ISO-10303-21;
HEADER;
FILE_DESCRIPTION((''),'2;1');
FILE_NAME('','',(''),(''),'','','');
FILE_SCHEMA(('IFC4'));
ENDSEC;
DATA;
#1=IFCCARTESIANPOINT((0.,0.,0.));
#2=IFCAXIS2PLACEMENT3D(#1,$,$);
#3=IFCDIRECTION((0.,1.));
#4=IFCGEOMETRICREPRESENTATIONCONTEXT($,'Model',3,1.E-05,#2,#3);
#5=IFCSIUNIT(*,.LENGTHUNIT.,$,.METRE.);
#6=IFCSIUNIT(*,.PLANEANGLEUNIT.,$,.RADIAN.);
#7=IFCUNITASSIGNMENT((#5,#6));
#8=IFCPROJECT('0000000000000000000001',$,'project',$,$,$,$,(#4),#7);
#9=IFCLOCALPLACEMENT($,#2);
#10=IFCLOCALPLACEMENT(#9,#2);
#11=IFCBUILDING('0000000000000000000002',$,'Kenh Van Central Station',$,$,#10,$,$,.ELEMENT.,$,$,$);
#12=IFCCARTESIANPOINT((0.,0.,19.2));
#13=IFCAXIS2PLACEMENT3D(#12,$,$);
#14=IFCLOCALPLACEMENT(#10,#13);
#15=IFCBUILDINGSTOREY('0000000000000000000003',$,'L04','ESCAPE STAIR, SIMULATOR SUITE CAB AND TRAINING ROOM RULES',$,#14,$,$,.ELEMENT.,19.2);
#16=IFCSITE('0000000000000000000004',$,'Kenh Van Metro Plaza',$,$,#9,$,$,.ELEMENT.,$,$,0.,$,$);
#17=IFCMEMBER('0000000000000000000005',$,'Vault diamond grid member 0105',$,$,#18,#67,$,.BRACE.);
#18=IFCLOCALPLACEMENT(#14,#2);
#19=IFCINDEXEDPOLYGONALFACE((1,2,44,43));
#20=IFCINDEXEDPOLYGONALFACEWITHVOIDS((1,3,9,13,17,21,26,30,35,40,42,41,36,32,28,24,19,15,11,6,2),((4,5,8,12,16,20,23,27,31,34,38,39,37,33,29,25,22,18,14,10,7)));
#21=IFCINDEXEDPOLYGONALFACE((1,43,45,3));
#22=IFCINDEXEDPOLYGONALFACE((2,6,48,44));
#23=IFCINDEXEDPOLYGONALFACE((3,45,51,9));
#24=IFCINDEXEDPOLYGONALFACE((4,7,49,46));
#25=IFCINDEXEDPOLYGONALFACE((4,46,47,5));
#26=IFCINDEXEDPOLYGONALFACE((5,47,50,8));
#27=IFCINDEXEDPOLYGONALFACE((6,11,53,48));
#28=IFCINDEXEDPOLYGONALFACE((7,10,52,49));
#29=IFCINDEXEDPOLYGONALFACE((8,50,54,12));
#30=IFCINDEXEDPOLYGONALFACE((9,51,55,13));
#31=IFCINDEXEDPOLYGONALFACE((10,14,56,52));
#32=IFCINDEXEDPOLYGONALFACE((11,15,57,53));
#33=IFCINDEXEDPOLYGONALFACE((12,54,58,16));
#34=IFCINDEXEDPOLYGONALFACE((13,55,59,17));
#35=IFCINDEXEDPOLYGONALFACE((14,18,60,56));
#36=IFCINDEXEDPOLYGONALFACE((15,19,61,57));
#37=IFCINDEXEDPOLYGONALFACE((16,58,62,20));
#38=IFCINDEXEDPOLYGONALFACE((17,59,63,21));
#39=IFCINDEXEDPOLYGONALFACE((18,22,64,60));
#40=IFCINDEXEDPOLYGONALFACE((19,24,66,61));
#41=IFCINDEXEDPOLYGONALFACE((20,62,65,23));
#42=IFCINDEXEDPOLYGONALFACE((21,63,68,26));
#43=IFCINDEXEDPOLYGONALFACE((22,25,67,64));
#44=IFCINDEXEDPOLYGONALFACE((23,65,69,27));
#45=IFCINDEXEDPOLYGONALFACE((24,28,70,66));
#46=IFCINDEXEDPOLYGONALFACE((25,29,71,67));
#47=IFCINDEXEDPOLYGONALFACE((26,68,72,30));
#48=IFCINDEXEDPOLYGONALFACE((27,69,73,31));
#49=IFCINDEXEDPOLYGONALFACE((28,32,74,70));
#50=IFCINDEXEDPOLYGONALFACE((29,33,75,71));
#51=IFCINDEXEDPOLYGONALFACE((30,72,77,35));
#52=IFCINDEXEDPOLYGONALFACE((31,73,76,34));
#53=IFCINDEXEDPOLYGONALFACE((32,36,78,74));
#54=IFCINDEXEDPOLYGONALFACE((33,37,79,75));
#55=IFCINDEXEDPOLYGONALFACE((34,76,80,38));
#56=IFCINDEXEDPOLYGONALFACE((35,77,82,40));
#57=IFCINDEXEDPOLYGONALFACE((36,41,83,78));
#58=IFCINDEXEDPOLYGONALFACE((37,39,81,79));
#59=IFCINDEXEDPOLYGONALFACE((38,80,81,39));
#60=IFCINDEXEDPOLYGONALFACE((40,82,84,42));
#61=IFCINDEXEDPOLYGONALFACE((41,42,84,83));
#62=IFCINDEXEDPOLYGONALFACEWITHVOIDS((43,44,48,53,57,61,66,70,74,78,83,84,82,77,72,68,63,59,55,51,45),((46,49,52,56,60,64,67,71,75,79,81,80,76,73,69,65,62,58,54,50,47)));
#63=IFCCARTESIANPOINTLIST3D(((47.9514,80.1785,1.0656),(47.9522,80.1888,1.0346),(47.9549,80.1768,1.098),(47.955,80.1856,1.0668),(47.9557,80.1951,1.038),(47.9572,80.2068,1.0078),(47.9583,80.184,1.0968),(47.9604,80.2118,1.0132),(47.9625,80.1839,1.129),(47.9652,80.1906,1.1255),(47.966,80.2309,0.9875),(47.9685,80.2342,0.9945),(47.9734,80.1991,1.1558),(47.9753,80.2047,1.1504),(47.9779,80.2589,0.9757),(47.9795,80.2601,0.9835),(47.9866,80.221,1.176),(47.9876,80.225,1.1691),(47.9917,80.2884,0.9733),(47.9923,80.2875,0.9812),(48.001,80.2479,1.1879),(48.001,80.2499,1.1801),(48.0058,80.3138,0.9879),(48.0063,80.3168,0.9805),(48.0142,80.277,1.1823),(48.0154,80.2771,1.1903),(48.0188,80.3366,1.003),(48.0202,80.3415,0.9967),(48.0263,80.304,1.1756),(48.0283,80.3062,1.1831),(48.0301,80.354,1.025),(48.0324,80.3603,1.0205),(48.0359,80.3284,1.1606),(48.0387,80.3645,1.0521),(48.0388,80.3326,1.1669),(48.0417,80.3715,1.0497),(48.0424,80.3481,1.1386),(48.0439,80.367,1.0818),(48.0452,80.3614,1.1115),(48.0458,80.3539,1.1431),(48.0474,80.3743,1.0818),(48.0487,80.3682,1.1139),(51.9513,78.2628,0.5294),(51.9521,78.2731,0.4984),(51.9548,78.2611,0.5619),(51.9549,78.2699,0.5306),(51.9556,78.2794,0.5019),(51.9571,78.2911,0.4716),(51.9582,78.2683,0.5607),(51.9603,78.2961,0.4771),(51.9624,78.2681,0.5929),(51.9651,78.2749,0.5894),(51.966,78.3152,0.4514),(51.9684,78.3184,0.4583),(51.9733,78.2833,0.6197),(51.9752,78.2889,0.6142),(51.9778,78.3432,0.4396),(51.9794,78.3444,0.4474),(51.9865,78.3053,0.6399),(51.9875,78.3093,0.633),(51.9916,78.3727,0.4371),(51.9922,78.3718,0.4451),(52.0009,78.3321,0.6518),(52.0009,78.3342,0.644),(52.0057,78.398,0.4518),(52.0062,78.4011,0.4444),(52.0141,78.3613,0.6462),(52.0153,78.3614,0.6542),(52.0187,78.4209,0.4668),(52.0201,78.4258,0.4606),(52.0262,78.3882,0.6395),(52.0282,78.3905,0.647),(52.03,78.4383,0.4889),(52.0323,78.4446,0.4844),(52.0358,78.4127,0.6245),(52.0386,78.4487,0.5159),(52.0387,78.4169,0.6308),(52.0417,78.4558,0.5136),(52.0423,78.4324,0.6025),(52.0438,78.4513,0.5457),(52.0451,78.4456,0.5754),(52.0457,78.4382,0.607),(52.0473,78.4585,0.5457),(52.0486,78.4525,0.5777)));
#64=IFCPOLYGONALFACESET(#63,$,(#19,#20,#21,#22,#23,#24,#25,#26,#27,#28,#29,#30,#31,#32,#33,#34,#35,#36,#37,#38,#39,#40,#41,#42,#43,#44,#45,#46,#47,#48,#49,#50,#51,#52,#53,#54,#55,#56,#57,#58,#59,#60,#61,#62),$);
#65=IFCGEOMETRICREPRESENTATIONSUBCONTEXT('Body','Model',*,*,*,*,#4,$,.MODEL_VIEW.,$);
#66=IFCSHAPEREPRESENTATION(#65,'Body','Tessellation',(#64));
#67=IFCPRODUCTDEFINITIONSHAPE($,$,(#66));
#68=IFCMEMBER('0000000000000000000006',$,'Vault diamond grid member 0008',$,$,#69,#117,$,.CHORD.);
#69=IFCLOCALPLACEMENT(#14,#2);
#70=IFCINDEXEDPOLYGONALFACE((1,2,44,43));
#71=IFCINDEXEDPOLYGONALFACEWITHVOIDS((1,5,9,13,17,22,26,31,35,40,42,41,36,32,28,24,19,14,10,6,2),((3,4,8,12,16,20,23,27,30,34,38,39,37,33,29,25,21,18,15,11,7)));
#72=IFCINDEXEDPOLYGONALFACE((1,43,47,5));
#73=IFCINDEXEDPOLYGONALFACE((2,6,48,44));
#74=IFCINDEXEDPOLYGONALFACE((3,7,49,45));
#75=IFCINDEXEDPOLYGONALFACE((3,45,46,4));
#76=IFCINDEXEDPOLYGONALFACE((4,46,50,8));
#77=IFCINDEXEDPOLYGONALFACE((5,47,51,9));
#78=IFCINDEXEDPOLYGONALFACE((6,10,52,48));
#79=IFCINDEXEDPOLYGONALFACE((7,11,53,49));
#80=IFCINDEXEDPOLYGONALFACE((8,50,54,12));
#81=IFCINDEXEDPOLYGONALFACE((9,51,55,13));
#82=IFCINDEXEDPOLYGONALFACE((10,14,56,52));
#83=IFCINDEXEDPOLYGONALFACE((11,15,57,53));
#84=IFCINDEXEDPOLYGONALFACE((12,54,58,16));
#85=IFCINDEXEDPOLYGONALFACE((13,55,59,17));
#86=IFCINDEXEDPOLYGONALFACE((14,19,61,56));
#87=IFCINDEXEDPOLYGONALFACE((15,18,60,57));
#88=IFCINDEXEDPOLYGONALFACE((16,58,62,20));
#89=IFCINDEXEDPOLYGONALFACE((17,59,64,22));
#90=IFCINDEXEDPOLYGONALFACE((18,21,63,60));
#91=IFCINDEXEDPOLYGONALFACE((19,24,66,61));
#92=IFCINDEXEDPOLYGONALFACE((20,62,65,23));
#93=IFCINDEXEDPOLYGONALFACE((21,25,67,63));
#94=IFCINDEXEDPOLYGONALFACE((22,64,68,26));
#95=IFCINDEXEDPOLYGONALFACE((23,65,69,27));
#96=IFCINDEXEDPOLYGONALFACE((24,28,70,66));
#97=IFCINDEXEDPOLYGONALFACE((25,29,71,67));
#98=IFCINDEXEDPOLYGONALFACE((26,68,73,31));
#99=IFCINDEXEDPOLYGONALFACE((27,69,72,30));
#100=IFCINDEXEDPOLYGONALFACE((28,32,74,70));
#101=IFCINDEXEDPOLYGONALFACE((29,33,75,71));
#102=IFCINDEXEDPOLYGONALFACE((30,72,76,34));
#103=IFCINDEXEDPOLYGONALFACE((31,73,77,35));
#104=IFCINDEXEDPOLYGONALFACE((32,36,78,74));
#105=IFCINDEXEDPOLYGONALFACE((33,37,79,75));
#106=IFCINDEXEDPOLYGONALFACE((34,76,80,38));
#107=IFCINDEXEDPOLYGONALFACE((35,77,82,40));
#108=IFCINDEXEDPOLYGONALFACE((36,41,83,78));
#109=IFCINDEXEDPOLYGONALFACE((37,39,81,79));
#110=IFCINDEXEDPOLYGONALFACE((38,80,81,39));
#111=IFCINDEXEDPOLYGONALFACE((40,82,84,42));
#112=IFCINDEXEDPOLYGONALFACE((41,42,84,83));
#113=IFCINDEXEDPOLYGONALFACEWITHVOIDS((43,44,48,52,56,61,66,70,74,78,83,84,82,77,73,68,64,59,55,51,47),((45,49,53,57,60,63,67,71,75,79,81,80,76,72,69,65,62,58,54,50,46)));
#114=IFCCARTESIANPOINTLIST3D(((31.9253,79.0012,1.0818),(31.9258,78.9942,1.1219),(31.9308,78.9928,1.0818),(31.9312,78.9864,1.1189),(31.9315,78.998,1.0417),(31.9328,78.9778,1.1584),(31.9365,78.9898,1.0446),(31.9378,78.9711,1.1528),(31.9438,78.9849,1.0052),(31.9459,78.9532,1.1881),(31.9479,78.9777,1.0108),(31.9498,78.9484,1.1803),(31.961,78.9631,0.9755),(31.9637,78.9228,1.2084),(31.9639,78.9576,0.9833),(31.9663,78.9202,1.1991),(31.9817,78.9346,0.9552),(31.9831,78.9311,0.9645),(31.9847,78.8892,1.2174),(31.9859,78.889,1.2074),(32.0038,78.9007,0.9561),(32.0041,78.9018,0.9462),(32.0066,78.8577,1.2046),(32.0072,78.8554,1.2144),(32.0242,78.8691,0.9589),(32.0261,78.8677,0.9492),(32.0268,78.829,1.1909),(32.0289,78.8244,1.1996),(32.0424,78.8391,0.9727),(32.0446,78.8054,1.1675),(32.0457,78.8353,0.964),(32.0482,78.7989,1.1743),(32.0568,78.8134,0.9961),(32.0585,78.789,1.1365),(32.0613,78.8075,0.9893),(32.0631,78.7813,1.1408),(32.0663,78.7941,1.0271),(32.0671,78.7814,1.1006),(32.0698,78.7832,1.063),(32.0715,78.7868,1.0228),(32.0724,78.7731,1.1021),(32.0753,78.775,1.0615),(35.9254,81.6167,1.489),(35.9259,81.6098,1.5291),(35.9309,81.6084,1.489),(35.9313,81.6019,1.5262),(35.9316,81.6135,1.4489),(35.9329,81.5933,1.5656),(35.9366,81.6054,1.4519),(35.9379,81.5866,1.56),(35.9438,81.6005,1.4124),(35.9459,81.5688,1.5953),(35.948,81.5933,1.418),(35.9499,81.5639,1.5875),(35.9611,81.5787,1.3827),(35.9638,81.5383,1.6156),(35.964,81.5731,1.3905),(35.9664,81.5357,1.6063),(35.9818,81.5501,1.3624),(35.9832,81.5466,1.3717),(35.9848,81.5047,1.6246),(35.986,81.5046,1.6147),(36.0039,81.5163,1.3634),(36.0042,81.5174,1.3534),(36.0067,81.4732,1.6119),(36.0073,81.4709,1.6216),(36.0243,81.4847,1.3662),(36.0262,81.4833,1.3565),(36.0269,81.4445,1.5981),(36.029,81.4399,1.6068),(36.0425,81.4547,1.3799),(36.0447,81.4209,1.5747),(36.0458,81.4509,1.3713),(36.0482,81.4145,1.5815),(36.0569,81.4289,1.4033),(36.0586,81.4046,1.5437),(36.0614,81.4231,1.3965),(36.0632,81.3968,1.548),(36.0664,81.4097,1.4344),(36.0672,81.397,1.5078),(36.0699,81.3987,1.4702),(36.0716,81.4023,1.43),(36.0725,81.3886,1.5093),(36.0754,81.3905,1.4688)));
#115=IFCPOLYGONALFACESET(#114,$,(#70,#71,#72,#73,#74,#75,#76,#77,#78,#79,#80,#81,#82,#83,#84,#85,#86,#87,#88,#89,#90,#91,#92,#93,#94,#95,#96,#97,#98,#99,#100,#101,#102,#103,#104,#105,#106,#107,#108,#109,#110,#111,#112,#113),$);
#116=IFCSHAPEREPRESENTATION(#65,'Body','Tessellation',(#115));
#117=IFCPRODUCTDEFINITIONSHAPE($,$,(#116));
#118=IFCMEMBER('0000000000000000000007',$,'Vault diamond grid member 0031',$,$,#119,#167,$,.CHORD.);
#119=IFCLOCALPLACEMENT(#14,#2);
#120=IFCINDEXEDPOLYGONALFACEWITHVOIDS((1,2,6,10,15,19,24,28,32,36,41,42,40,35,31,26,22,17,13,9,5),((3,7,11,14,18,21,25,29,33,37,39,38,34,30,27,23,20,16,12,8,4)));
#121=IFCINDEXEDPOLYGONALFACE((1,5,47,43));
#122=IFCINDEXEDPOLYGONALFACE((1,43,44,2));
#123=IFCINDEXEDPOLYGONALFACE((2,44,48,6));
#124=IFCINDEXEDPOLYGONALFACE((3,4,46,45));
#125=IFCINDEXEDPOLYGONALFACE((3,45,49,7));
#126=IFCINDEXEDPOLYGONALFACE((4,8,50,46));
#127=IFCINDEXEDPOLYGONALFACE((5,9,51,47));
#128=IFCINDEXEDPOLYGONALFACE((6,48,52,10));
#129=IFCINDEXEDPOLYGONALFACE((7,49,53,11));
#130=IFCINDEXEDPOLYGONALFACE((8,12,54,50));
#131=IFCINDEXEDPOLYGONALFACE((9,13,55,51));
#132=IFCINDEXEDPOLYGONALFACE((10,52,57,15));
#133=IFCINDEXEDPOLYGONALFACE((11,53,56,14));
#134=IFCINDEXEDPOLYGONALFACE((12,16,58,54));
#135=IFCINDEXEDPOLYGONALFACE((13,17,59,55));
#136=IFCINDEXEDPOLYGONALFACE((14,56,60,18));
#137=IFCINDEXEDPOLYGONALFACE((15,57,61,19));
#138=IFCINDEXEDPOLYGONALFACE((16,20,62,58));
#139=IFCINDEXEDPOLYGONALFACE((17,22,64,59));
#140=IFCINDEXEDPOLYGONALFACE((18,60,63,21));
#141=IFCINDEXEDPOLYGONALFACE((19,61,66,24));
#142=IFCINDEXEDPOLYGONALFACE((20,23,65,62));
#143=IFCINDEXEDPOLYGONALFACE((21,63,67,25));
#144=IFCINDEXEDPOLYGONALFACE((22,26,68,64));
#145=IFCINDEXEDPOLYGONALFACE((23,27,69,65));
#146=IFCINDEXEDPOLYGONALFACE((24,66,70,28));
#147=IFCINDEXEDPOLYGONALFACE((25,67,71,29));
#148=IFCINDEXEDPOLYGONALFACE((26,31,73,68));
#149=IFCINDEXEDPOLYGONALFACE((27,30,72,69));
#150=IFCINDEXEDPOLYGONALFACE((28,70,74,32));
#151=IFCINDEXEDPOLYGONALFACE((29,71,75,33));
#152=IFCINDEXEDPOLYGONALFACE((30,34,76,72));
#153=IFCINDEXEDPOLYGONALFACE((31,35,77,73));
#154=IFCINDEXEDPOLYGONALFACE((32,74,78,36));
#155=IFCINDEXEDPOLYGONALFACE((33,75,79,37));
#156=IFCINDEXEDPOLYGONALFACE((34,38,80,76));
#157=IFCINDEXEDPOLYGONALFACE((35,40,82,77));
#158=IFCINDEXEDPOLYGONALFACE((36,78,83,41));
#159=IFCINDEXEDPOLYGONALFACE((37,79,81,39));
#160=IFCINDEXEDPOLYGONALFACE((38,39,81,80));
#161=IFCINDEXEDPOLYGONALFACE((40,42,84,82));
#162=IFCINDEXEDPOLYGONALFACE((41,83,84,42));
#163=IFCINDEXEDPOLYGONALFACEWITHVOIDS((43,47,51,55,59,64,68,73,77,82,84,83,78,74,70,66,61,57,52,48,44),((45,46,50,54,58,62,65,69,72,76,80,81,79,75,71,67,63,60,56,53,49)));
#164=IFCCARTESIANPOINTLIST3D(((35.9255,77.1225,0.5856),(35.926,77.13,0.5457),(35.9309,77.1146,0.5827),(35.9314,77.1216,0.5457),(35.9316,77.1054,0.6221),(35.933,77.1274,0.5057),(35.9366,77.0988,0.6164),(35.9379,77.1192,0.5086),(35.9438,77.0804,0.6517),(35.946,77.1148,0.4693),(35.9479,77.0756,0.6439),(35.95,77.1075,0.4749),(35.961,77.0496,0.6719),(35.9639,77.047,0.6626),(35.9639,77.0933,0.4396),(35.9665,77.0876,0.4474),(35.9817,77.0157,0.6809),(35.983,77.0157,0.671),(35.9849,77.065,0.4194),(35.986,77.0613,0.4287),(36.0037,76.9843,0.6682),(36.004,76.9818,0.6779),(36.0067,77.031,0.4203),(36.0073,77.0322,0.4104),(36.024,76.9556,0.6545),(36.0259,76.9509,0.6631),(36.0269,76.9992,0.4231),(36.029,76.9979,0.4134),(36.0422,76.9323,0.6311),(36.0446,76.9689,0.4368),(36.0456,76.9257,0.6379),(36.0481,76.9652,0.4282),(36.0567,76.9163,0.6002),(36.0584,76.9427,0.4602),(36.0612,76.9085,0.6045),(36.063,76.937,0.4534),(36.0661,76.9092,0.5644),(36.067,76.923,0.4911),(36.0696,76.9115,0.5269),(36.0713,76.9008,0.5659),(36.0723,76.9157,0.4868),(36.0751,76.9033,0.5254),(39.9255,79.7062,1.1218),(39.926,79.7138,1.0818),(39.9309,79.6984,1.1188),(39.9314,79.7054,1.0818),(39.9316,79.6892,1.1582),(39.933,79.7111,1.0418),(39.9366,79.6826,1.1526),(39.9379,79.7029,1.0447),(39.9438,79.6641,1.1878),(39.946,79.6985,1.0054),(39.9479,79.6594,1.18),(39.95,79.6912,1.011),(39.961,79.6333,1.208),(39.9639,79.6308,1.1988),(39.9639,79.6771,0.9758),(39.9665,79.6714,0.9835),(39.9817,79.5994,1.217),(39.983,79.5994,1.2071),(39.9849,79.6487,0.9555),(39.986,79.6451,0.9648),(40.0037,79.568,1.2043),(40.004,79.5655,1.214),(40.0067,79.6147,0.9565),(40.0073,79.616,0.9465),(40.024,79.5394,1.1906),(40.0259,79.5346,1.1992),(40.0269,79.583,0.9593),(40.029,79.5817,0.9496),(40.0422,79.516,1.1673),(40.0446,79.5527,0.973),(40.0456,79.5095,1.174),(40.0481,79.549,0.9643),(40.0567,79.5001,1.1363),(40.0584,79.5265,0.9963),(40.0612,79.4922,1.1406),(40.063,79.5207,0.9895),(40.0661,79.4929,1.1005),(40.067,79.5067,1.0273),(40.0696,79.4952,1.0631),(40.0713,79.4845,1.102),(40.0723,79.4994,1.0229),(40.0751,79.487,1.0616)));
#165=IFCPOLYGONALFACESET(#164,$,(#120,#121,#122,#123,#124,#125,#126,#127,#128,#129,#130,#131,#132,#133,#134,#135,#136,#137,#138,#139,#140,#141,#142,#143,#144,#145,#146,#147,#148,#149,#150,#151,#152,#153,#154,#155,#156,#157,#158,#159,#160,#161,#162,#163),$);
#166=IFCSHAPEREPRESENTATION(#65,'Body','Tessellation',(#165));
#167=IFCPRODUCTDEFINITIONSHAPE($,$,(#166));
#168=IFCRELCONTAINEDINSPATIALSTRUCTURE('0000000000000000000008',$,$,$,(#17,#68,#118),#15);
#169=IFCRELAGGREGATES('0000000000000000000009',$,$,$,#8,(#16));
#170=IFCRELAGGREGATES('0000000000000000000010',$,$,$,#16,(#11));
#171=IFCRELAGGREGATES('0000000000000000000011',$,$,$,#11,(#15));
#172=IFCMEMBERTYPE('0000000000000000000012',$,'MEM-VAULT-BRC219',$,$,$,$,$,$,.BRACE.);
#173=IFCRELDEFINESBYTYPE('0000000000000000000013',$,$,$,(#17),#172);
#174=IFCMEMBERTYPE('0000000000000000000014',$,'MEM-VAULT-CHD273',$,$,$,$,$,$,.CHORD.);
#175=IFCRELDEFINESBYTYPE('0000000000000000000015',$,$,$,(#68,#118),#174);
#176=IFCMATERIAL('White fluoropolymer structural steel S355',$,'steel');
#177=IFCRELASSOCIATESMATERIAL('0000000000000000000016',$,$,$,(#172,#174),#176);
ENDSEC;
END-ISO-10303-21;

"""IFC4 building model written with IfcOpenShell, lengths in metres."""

from ifc_helpers import new_model, si_unit, direction, frame, origin, origin_2d, place, context, subcontext, project, spatial, hollow_circle, extrude, material, material_profile, profile_set, type_object, element, save


model = new_model("IFC4")

# Units and contexts
model_context = context("Model", 3, precision=1e-05, world=origin(), true_north=direction((0.0, 1.0)))
body_context = subcontext(model_context, "Body", "Model", "MODEL_VIEW")
ifc_project = project(units=[si_unit("LENGTHUNIT", "METRE"), si_unit("PLANEANGLEUNIT", "RADIAN")], contexts=[model_context])

# Site, building, storey
site_placement = place(None, origin())
site = spatial("IfcSite", under=ifc_project, at=site_placement, Name="Kenh Van Metro Plaza", CompositionType="ELEMENT", RefElevation=0.0)
building_placement = place(site_placement, origin())
building = spatial("IfcBuilding", under=site, at=building_placement, Name="Kenh Van Central Station", CompositionType="ELEMENT")
storey_placement = place(building_placement, frame((0.0, 0.0, 19.2)))
storey = spatial("IfcBuildingStorey", under=building, at=storey_placement, Name="L04", Description="ESCAPE STAIR, SIMULATOR SUITE CAB AND TRAINING ROOM RULES", CompositionType="ELEMENT", Elevation=19.2)

# Shared definitions
ifc_material_1 = material(Name="White fluoropolymer structural steel S355", Category="steel")

# Members
ifc_material_profile_1 = material_profile(ifc_material_1, hollow_circle(Radius=0.1096, WallThickness=0.0081, at=origin_2d()), Name="CHS 219.1x8")
ifc_profile_set_1 = profile_set([ifc_material_profile_1], Name="White fluoropolymer structural steel S355")
member_type_1 = type_object("IfcMemberType", Name="MEM-VAULT-BRC219", PredefinedType="BRACE", material=ifc_profile_set_1)
member_1_placement = place(storey_placement, frame((48.0, 80.2754, 1.0818), z_axis=(0.895376, -0.428834, -0.12001), x_axis=(0.431956, 0.901895, 0.0)))
element("IfcMember", 1, at=member_1_placement, inside=storey, type_object=member_type_1, Name="Vault diamond grid member 0105", PredefinedType="BRACE", context=body_context, shape_type="SweptSolid", body=[
    extrude(hollow_circle(Radius=0.1096, WallThickness=0.0081, at=origin_2d()), origin(), (0.0, 0.0, 1.0), 4.4673),
])
ifc_material_profile_2 = material_profile(ifc_material_1, hollow_circle(Radius=0.1365, WallThickness=0.01, at=origin_2d()), Name="CHS 273x10")
ifc_profile_set_2 = profile_set([ifc_material_profile_2], Name="White fluoropolymer structural steel S355")
member_type_2 = type_object("IfcMemberType", Name="MEM-VAULT-CHD273", PredefinedType="CHORD", material=ifc_profile_set_2)
member_2_placement = place(storey_placement, frame((32.0, 78.887, 1.0818), z_axis=(0.833939, 0.545287, 0.0849), x_axis=(-0.547263, 0.836961, 0.0)))
element("IfcMember", 2, at=member_2_placement, inside=storey, type_object=member_type_2, Name="Vault diamond grid member 0008", PredefinedType="CHORD", context=body_context, shape_type="SweptSolid", body=[
    extrude(hollow_circle(Radius=0.1365, WallThickness=0.01, at=origin_2d()), origin(), (0.0, 0.0, 1.0), 4.7966),
])
member_3_placement = place(storey_placement, frame((36.0, 77.0154, 0.5457), z_axis=(0.834727, 0.539179, 0.111881), x_axis=(-0.542586, 0.84, 0.0)))
element("IfcMember", 3, at=member_3_placement, inside=storey, type_object=member_type_2, Name="Vault diamond grid member 0031", PredefinedType="CHORD", context=body_context, shape_type="SweptSolid", body=[
    extrude(hollow_circle(Radius=0.1365, WallThickness=0.01, at=origin_2d()), origin(), (0.0, 0.0, 1.0), 4.792),
])

save(model, "model.ifc")
